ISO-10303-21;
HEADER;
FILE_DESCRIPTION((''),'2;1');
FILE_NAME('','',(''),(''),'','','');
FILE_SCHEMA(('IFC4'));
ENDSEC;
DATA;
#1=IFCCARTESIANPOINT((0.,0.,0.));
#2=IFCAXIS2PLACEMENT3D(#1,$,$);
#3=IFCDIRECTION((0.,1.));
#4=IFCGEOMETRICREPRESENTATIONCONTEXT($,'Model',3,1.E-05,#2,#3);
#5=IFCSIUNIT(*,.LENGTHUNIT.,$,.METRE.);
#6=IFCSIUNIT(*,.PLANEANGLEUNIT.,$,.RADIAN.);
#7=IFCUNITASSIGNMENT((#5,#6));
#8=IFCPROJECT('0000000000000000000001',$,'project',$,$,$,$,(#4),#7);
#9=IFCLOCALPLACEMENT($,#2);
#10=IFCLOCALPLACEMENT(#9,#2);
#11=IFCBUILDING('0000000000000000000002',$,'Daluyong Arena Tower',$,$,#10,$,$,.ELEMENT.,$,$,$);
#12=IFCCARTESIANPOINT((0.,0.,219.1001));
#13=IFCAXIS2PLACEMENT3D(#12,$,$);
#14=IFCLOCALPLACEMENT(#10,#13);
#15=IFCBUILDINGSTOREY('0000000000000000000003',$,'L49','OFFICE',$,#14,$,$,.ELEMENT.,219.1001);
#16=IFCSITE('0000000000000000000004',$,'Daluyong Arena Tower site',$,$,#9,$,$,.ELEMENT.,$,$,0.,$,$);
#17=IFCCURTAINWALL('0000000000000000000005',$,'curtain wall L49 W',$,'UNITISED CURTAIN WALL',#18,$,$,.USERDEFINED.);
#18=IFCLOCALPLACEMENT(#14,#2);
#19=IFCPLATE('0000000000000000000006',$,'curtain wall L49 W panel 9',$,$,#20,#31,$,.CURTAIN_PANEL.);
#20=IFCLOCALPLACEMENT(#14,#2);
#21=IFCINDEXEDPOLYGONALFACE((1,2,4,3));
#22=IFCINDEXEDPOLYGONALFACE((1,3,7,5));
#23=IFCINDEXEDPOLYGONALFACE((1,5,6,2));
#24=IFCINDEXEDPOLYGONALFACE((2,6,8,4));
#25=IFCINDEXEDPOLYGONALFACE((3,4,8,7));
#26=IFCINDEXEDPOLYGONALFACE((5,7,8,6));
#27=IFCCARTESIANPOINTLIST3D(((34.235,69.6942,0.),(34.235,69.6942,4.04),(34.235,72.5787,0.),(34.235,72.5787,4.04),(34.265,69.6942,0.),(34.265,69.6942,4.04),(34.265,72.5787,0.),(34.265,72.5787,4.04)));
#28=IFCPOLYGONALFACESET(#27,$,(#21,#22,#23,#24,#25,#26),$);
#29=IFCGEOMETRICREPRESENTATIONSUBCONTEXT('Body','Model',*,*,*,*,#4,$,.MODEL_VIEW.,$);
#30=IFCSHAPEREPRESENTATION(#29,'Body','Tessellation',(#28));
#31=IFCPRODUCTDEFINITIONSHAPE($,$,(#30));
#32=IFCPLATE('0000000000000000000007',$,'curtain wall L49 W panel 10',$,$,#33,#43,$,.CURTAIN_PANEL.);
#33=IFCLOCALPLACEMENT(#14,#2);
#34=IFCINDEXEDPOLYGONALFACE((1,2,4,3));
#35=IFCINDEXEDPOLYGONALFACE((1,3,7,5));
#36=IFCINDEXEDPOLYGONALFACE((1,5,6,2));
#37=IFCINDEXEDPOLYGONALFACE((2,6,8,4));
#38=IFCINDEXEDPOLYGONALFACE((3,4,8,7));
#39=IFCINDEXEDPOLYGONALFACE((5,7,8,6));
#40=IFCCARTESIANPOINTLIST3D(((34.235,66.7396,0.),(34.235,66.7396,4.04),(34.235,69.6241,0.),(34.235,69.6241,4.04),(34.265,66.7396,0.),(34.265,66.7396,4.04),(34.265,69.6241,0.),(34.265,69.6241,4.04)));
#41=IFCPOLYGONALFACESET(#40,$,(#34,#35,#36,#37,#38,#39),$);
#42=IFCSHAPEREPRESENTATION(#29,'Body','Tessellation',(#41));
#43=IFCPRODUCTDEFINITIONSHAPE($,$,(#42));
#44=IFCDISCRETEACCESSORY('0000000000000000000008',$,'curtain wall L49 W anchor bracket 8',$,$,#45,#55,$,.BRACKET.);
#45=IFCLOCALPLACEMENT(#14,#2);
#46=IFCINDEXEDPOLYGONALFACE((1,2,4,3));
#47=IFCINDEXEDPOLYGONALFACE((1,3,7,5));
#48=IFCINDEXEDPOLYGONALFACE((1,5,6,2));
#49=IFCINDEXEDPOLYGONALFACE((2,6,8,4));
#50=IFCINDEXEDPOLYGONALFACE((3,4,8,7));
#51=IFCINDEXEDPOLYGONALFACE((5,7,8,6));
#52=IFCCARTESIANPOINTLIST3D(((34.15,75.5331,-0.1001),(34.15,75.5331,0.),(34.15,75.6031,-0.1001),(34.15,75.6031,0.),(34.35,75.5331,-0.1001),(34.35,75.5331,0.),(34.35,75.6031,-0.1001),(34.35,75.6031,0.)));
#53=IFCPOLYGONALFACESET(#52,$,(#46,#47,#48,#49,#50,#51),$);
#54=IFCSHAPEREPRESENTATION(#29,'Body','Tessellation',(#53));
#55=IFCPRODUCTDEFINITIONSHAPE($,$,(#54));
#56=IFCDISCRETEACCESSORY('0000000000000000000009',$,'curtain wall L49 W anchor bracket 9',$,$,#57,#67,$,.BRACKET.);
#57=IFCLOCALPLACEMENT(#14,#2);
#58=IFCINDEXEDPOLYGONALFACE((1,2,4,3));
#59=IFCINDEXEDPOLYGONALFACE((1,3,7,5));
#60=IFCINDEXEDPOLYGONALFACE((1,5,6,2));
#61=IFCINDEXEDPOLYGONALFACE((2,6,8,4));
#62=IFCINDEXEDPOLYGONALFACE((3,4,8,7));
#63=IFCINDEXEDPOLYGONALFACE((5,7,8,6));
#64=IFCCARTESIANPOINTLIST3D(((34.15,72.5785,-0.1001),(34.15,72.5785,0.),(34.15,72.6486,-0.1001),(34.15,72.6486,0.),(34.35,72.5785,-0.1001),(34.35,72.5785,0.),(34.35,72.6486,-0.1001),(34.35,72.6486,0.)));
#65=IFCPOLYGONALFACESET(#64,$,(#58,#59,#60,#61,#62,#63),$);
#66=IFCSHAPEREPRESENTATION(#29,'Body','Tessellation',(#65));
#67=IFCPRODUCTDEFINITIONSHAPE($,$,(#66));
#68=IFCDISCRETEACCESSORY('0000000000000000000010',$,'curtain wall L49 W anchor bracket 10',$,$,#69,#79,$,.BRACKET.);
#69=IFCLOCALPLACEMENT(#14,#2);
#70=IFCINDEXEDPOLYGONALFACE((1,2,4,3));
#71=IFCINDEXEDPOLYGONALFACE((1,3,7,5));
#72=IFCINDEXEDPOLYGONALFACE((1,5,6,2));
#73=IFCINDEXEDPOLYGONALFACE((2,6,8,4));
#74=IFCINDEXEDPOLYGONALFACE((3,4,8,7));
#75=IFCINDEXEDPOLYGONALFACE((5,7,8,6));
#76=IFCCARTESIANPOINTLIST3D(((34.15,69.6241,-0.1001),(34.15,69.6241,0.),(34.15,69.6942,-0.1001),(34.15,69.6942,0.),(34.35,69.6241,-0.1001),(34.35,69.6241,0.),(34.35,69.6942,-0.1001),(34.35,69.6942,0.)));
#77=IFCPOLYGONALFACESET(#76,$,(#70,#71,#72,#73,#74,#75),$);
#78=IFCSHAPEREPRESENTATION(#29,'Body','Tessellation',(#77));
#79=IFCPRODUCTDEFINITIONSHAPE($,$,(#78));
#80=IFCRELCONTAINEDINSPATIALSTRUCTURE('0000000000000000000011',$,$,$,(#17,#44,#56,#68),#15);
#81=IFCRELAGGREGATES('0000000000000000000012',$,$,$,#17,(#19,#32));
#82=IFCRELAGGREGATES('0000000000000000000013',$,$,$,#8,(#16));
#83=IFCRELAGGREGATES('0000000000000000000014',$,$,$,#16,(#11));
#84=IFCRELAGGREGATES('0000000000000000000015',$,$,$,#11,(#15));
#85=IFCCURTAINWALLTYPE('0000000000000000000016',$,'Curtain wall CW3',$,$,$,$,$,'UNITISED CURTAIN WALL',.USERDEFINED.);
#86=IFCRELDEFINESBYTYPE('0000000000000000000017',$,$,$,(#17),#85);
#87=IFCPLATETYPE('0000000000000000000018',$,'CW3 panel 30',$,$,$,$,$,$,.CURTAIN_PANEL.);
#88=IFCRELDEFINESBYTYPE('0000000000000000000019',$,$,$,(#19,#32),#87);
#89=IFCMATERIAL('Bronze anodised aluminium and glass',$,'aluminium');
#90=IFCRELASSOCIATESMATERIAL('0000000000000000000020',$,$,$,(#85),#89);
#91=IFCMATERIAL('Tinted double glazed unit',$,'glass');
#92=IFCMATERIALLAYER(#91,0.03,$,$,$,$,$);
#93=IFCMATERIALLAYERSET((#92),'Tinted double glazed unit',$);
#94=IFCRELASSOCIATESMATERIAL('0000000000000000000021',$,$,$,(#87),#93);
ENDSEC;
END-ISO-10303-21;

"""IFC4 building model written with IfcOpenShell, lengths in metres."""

from ifc_helpers import new_model, si_unit, direction, frame, origin, origin_2d, place, context, subcontext, project, spatial, rectangle, extrude, material, layer, layer_set, type_object, element, aggregate, save


model = new_model("IFC4")

# Units and contexts
model_context = context("Model", 3, precision=1e-05, world=origin(), true_north=direction((0.0, 1.0)))
body_context = subcontext(model_context, "Body", "Model", "MODEL_VIEW")
ifc_project = project(units=[si_unit("LENGTHUNIT", "METRE"), si_unit("PLANEANGLEUNIT", "RADIAN")], contexts=[model_context])

# Site, building, storey
site_placement = place(None, origin())
site = spatial("IfcSite", under=ifc_project, at=site_placement, Name="Daluyong Arena Tower site", CompositionType="ELEMENT", RefElevation=0.0)
building_placement = place(site_placement, origin())
building = spatial("IfcBuilding", under=site, at=building_placement, Name="Daluyong Arena Tower", CompositionType="ELEMENT")
storey_placement = place(building_placement, frame((0.0, 0.0, 219.1001)))
storey = spatial("IfcBuildingStorey", under=building, at=storey_placement, Name="L49", Description="OFFICE", CompositionType="ELEMENT", Elevation=219.1001)

# Curtain wall
ifc_material_1 = material(Name="Bronze anodised aluminium and glass", Category="aluminium")
curtain_wall_type = type_object("IfcCurtainWallType", Name="Curtain wall CW3", ElementType="UNITISED CURTAIN WALL", PredefinedType="USERDEFINED", material=ifc_material_1)
curtain_wall_placement = place(storey_placement, origin())
curtain_wall = element("IfcCurtainWall", 1, at=curtain_wall_placement, inside=storey, type_object=curtain_wall_type, Name="curtain wall L49 W", ObjectType="UNITISED CURTAIN WALL", PredefinedType="USERDEFINED")

# Plates
ifc_material_2 = material(Name="Tinted double glazed unit", Category="glass")
ifc_layer = layer(ifc_material_2, 0.03)
ifc_layer_set = layer_set([ifc_layer], Name="Tinted double glazed unit")
plate_type = type_object("IfcPlateType", Name="CW3 panel 30", PredefinedType="CURTAIN_PANEL", material=ifc_layer_set)
plate_1_placement = place(storey_placement, frame((34.25, 71.1365, 0.0), z_axis=(0.0, 0.0, 1.0), x_axis=(0.0, -1.0, 0.0)))
plate_1 = element("IfcPlate", 2, at=plate_1_placement, type_object=plate_type, Name="curtain wall L49 W panel 9", PredefinedType="CURTAIN_PANEL", context=body_context, shape_type="SweptSolid", body=[
    extrude(rectangle(XDim=2.8845, YDim=0.03, at=origin_2d()), origin(), (0.0, 0.0, 1.0), 4.04),
])
plate_2_placement = place(storey_placement, frame((34.25, 68.1819, 0.0), z_axis=(0.0, 0.0, 1.0), x_axis=(0.0, -1.0, 0.0)))
plate_2 = element("IfcPlate", 3, at=plate_2_placement, type_object=plate_type, Name="curtain wall L49 W panel 10", PredefinedType="CURTAIN_PANEL", context=body_context, shape_type="SweptSolid", body=[
    extrude(rectangle(XDim=2.8845, YDim=0.03, at=origin_2d()), origin(), (0.0, 0.0, 1.0), 4.04),
])
aggregate(curtain_wall, [plate_1, plate_2])

# Discrete accessories
for number, where, z_axis, x_axis, name in (
    (4, (34.25, 75.5681, -0.1001), (0.0, 0.0, 1.0), (0.0, -1.0, 0.0), "curtain wall L49 W anchor bracket 8"),
    (5, (34.25, 72.6135, -0.1001), (0.0, 0.0, 1.0), (0.0, -1.0, 0.0), "curtain wall L49 W anchor bracket 9"),
    (6, (34.25, 69.6592, -0.1001), (0.0, 0.0, 1.0), (0.0, -1.0, 0.0), "curtain wall L49 W anchor bracket 10"),
):
    element("IfcDiscreteAccessory", number, at=place(storey_placement, frame(where, z_axis=z_axis, x_axis=x_axis)), inside=storey, Name=name, PredefinedType="BRACKET", context=body_context, shape_type="SweptSolid", body=[
        extrude(rectangle(XDim=0.0701, YDim=0.2, at=origin_2d()), origin(), (0.0, 0.0, 1.0), 0.1001),
    ])

save(model, "model.ifc")
